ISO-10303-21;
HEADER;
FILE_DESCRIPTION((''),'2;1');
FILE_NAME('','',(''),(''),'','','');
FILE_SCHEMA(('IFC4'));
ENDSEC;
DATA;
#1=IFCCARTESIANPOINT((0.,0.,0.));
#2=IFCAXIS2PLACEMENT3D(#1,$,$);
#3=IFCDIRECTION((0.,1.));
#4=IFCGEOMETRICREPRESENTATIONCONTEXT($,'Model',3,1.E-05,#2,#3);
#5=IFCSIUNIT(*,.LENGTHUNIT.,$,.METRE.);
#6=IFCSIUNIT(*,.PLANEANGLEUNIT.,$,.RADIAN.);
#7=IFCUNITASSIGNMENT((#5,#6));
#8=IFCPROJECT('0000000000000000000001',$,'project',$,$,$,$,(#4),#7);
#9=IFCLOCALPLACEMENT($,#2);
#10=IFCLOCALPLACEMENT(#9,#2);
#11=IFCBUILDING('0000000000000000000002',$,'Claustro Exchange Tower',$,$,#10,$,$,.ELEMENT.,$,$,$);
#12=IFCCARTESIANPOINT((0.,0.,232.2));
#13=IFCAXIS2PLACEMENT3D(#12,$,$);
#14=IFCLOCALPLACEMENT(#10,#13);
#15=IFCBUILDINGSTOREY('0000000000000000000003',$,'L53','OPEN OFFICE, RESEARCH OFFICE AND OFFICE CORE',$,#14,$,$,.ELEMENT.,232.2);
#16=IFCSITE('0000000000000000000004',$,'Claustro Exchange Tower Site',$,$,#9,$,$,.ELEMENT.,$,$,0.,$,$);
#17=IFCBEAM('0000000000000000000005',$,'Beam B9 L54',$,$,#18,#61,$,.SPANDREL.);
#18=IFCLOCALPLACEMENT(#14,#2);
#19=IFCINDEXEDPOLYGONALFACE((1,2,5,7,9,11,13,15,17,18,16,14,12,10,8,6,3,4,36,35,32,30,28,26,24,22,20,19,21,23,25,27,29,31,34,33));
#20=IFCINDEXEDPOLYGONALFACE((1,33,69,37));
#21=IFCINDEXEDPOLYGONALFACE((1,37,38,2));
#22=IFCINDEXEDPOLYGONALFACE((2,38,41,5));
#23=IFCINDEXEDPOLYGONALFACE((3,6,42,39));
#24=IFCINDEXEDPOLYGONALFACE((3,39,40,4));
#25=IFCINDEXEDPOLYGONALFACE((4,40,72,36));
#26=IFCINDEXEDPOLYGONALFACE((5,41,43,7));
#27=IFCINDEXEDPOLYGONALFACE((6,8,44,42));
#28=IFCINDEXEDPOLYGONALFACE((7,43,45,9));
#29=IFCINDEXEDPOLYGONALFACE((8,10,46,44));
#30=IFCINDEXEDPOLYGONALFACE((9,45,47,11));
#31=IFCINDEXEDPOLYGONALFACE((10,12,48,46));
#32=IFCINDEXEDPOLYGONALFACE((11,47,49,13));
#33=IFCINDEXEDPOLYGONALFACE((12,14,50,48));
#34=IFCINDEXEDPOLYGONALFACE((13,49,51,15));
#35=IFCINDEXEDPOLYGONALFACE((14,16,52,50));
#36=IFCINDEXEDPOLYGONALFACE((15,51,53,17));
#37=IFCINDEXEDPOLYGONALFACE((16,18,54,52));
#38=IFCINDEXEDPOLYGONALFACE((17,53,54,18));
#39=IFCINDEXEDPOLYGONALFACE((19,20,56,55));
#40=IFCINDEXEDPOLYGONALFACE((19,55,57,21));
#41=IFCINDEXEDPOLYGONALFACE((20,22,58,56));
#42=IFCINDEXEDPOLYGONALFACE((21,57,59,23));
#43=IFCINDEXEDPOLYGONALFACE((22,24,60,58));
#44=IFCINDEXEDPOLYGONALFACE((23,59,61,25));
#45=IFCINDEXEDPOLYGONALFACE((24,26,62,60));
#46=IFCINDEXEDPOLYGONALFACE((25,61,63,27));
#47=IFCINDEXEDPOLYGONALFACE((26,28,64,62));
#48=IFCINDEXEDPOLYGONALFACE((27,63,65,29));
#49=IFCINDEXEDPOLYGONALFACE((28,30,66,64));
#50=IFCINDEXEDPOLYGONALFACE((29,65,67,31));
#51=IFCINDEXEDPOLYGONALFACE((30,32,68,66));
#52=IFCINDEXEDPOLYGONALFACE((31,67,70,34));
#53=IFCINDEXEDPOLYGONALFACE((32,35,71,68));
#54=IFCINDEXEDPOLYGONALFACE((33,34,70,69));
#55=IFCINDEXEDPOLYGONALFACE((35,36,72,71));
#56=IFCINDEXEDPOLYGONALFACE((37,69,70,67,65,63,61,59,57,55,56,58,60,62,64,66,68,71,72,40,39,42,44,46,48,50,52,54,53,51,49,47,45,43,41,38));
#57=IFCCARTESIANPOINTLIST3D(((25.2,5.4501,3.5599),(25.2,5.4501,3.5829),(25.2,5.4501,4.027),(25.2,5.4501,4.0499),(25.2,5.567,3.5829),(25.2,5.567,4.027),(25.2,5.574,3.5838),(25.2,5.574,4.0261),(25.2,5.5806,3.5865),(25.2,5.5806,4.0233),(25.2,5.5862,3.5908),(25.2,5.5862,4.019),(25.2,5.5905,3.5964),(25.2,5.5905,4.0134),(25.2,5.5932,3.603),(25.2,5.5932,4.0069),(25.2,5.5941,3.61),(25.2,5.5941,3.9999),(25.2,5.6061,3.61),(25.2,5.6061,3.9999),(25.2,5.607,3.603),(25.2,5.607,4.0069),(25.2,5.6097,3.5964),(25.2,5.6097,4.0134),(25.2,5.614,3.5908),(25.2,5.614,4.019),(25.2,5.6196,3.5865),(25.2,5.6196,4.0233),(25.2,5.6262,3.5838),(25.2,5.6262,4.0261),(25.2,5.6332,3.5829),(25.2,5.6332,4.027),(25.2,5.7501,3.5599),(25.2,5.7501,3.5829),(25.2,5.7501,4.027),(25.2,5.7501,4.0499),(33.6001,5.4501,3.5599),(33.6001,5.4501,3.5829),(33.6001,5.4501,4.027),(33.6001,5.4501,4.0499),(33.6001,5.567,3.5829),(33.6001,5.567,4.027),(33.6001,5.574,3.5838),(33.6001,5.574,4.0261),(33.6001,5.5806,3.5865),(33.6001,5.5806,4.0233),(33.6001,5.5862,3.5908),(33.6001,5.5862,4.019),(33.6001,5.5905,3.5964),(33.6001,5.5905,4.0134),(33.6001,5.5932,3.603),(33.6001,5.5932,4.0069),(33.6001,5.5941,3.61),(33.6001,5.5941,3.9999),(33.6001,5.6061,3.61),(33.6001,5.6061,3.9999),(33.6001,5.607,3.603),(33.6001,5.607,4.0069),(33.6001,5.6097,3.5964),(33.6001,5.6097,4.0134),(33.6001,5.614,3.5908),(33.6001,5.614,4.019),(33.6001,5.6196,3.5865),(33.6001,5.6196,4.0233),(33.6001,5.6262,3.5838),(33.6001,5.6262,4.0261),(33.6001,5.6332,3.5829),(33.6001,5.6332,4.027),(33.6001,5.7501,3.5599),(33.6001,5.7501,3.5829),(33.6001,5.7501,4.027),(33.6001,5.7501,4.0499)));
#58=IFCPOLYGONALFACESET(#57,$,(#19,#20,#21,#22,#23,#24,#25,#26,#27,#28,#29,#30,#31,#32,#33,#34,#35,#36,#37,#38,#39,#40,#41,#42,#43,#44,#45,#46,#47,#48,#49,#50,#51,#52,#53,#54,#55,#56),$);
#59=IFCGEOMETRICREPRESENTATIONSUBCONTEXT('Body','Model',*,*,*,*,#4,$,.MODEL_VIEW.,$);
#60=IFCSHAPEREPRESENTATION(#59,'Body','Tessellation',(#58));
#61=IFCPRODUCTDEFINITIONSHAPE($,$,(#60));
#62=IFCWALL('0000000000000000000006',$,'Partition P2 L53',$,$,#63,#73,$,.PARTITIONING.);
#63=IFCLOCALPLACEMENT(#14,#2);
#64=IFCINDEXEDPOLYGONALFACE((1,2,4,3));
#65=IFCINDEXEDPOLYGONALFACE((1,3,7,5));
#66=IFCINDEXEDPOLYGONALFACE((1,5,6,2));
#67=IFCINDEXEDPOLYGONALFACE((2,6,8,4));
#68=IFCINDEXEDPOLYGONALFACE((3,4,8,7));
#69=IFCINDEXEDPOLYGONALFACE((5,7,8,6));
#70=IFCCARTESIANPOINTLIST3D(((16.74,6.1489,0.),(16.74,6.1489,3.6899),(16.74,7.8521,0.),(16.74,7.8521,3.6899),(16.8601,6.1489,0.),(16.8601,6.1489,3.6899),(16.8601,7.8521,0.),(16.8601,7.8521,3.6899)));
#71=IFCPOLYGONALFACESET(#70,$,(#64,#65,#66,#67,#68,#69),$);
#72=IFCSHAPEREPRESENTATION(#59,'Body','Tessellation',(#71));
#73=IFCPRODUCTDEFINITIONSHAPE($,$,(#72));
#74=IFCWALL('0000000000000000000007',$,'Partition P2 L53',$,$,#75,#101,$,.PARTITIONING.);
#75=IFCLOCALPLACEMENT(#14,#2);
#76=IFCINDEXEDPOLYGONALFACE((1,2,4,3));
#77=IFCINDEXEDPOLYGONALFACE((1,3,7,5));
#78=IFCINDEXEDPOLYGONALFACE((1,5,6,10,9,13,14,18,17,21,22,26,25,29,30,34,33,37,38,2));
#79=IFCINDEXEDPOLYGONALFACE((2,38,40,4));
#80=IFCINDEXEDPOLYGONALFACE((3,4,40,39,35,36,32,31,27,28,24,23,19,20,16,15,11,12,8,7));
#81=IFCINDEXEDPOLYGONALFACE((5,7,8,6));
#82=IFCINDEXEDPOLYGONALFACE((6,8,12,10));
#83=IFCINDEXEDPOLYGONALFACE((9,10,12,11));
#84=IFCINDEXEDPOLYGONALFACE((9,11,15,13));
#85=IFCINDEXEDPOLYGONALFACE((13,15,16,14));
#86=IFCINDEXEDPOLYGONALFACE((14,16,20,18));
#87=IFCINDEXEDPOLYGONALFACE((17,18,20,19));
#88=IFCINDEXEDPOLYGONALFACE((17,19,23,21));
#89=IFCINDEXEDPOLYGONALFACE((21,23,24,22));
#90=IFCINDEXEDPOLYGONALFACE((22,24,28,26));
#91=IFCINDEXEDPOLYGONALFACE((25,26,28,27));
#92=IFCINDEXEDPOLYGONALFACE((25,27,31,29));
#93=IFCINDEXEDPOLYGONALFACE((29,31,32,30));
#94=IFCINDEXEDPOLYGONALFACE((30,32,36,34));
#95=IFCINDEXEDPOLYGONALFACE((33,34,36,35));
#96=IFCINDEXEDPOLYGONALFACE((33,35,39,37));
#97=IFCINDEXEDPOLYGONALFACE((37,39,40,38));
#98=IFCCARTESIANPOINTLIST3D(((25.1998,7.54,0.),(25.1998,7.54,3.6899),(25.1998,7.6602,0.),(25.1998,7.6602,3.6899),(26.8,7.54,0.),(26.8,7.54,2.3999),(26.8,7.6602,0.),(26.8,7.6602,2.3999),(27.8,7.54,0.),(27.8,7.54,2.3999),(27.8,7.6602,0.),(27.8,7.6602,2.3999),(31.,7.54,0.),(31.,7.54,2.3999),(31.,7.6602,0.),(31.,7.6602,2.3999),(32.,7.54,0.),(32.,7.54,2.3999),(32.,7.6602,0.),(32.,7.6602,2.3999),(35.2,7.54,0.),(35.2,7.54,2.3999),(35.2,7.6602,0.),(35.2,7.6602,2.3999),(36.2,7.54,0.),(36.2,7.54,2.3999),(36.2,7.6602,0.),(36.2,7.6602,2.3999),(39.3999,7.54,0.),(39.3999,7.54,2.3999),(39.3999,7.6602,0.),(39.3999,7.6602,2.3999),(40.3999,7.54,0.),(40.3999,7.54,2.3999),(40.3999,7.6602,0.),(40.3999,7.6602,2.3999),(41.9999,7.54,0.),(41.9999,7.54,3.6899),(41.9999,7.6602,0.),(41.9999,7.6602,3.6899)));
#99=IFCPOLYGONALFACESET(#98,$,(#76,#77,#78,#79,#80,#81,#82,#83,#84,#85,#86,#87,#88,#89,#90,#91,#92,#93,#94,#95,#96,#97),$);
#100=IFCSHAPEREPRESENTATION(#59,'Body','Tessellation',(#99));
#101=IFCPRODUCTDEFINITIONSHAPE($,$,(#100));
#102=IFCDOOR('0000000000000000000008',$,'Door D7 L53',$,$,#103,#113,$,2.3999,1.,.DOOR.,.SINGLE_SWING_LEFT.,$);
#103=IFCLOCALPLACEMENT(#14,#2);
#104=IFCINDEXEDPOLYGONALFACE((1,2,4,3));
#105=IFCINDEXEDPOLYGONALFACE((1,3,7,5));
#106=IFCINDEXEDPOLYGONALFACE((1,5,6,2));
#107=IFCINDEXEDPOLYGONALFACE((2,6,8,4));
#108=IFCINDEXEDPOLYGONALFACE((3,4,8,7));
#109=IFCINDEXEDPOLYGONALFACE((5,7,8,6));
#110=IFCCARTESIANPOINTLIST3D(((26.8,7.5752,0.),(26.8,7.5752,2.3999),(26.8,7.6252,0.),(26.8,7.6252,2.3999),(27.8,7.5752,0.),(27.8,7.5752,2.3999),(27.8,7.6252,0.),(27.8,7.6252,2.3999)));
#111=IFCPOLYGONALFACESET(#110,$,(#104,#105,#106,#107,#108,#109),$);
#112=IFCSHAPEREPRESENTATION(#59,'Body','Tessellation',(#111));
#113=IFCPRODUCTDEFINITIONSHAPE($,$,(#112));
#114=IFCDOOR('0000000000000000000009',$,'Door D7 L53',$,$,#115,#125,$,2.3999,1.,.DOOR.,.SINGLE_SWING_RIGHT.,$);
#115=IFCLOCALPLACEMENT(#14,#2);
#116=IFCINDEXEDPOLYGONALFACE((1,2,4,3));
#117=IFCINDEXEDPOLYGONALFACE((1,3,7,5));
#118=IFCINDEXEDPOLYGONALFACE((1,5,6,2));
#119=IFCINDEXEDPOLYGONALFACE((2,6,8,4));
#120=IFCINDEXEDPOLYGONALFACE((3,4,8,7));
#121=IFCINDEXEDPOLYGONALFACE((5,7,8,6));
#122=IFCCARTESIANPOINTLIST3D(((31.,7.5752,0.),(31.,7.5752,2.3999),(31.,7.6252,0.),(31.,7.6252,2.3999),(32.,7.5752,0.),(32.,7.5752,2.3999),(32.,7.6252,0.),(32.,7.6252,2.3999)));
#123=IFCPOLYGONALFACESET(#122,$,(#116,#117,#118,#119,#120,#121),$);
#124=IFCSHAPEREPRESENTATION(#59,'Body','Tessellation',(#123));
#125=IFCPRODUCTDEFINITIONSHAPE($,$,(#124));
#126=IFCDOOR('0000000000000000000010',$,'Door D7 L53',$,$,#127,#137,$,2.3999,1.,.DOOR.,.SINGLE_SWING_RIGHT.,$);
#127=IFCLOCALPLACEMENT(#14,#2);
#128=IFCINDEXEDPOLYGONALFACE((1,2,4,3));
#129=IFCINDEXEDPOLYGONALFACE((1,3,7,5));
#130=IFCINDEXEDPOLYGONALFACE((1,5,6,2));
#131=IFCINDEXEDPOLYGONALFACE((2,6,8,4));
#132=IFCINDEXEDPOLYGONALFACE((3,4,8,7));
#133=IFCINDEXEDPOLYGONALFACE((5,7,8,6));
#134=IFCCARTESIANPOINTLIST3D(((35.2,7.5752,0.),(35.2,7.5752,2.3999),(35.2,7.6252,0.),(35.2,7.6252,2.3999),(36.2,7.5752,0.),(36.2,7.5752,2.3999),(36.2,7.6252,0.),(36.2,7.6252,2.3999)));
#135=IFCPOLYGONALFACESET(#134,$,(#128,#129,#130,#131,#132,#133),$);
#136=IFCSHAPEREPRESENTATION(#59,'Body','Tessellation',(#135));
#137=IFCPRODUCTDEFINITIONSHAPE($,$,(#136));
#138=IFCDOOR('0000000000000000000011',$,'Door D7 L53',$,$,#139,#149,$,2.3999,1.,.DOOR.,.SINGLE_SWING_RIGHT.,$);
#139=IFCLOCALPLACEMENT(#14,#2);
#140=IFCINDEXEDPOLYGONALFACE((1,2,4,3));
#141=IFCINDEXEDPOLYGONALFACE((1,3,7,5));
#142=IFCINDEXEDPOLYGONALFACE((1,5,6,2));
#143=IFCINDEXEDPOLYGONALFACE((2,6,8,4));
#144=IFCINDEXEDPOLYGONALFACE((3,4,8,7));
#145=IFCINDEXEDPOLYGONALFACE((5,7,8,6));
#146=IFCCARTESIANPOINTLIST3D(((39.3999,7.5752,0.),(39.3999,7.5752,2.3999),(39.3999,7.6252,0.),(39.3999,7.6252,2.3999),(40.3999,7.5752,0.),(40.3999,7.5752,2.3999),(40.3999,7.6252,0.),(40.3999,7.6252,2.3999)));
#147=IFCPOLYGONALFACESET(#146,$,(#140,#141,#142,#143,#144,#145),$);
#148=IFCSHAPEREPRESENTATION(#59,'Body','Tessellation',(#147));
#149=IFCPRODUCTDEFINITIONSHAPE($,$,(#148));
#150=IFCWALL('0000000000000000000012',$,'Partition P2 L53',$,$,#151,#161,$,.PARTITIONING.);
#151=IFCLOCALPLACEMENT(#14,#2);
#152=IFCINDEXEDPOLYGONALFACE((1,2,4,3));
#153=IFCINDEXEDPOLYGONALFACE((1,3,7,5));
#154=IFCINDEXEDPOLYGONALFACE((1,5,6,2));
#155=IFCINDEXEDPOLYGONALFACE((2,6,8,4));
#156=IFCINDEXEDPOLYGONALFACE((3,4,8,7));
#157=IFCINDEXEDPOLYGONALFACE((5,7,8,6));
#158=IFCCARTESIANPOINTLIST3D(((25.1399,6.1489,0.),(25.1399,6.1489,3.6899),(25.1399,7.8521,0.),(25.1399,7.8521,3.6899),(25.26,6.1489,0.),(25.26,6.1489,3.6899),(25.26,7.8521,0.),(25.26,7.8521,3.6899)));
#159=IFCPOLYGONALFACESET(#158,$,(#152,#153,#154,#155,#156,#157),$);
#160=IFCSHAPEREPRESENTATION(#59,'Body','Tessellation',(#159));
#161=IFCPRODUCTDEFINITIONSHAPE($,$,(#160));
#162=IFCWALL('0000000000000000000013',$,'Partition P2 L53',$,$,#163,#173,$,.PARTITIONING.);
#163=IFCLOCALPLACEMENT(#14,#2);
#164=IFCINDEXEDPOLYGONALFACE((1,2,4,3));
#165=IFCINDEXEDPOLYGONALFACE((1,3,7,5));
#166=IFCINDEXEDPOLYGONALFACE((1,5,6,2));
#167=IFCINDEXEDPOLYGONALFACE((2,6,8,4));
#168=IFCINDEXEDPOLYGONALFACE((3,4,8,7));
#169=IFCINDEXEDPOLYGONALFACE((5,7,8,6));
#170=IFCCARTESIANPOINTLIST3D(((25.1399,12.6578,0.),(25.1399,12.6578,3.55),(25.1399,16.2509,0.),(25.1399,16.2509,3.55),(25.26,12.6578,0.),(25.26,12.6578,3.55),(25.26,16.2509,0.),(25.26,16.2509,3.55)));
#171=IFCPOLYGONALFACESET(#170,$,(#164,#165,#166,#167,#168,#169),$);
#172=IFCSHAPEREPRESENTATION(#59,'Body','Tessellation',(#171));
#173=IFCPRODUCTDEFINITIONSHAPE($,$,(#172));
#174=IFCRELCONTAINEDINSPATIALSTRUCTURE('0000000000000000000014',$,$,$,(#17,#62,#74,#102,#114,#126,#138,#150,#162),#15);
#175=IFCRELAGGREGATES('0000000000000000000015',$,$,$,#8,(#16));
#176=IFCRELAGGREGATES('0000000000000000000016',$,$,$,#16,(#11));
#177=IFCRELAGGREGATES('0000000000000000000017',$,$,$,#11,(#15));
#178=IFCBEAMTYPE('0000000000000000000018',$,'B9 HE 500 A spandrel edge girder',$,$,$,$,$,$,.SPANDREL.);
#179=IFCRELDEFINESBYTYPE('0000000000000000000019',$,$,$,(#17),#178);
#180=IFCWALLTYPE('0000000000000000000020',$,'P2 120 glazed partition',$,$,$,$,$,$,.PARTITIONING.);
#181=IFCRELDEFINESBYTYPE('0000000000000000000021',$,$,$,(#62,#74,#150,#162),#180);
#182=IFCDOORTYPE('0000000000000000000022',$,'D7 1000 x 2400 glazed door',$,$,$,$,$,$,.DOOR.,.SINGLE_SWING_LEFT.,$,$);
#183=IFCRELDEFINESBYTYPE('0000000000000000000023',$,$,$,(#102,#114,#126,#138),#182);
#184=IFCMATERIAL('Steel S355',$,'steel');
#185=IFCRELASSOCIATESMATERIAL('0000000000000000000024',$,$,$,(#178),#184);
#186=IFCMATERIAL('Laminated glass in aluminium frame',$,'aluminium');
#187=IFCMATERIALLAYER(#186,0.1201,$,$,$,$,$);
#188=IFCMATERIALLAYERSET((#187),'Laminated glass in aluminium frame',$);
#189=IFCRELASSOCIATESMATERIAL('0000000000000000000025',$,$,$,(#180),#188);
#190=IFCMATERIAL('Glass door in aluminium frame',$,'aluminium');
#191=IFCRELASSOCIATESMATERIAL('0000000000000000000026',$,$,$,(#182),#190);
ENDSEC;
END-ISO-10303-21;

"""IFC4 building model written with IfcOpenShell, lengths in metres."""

from ifc_helpers import new_model, si_unit, direction, frame, frame_2d, origin, origin_2d, place, context, subcontext, project, spatial, rectangle, i_section, extrude, material, layer, layer_set, material_profile, profile_set, type_object, element, fill, save


model = new_model("IFC4")

# Units and contexts
model_context = context("Model", 3, precision=1e-05, world=origin(), true_north=direction((0.0, 1.0)))
body_context = subcontext(model_context, "Body", "Model", "MODEL_VIEW")
ifc_project = project(units=[si_unit("LENGTHUNIT", "METRE"), si_unit("PLANEANGLEUNIT", "RADIAN")], contexts=[model_context])

# Site, building, storey
site_placement = place(None, origin())
site = spatial("IfcSite", under=ifc_project, at=site_placement, Name="Claustro Exchange Tower Site", CompositionType="ELEMENT", RefElevation=0.0)
building_placement = place(site_placement, origin())
building = spatial("IfcBuilding", under=site, at=building_placement, Name="Claustro Exchange Tower", CompositionType="ELEMENT")
storey_placement = place(building_placement, frame((0.0, 0.0, 232.2)))
storey = spatial("IfcBuildingStorey", under=building, at=storey_placement, Name="L53", Description="OPEN OFFICE, RESEARCH OFFICE AND OFFICE CORE", CompositionType="ELEMENT", Elevation=232.2)

# Beam
ifc_material_1 = material(Name="Steel S355", Category="steel")
ifc_material_profile_1 = material_profile(ifc_material_1, i_section(OverallWidth=0.3, OverallDepth=0.49, WebThickness=0.012, FlangeThickness=0.0229, FilletRadius=0.0271, at=origin_2d()), Name="HE 500 A")
ifc_profile_set_1 = profile_set([ifc_material_profile_1], Name="Steel S355")
beam_type_1 = type_object("IfcBeamType", Name="B9 HE 500 A spandrel edge girder", PredefinedType="SPANDREL", material=ifc_profile_set_1)
beam_1_placement = place(storey_placement, frame((25.2, 5.6001, 3.8049), z_axis=(1.0, 0.0, 0.0), x_axis=(0.0, 1.0, 0.0)))
element("IfcBeam", 1, at=beam_1_placement, inside=storey, type_object=beam_type_1, Name="Beam B9 L54", PredefinedType="SPANDREL", context=body_context, shape_type="SweptSolid", body=[
    extrude(i_section(OverallWidth=0.3, OverallDepth=0.49, WebThickness=0.012, FlangeThickness=0.0229, FilletRadius=0.0271, at=origin_2d()), origin(), (0.0, 0.0, 1.0), 8.4001),
])

# Wall
ifc_material_2 = material(Name="Laminated glass in aluminium frame", Category="aluminium")
ifc_layer_1 = layer(ifc_material_2, 0.1201)
ifc_layer_set_1 = layer_set([ifc_layer_1], Name="Laminated glass in aluminium frame")
wall_type_1 = type_object("IfcWallType", Name="P2 120 glazed partition", PredefinedType="PARTITIONING", material=ifc_layer_set_1)
wall_1_placement = place(storey_placement, frame((16.8, 6.1489, 0.0), z_axis=(0.0, 0.0, 1.0), x_axis=(0.0, 1.0, 0.0)))
element("IfcWall", 2, at=wall_1_placement, inside=storey, type_object=wall_type_1, Name="Partition P2 L53", PredefinedType="PARTITIONING", context=body_context, shape_type="SweptSolid", body=[
    extrude(rectangle(XDim=1.7031, YDim=0.1201, at=frame_2d((0.8516, 0.0))), origin(), (0.0, 0.0, 1.0), 3.6899),
])

# Wall, openings, doors
wall_2_placement = place(storey_placement, frame((25.2, 7.6001, 0.0), z_axis=(0.0, 0.0, 1.0), x_axis=(1.0, 0.0, 0.0)))
wall_2 = element("IfcWall", 3, at=wall_2_placement, inside=storey, type_object=wall_type_1, Name="Partition P2 L53", PredefinedType="PARTITIONING", context=body_context, shape_type="SweptSolid", body=[
    extrude(rectangle(XDim=16.8, YDim=0.1201, at=frame_2d((8.3999, 0.0))), origin(), (0.0, 0.0, 1.0), 3.6899),
])
opening_1_placement = place(wall_2_placement, frame((1.6001, 0.0, 0.0)))
opening_1 = element("IfcOpeningElement", 4, at=opening_1_placement, cuts=wall_2, PredefinedType="OPENING", context=body_context, shape_type="SweptSolid", body=[
    extrude(rectangle(XDim=1.0, YDim=2.3999, at=frame_2d((0.5, 1.2))), frame((0.0, 0.0701, 0.0), z_axis=(0.0, -1.0, 0.0), x_axis=(1.0, 0.0, 0.0)), (0.0, 0.0, 1.0), 0.1401),
])
opening_2_placement = place(wall_2_placement, frame((5.8, 0.0, 0.0)))
opening_2 = element("IfcOpeningElement", 5, at=opening_2_placement, cuts=wall_2, PredefinedType="OPENING", context=body_context, shape_type="SweptSolid", body=[
    extrude(rectangle(XDim=1.0, YDim=2.3999, at=frame_2d((0.5, 1.2))), frame((0.0, 0.0701, 0.0), z_axis=(0.0, -1.0, 0.0), x_axis=(1.0, 0.0, 0.0)), (0.0, 0.0, 1.0), 0.1401),
])
opening_3_placement = place(wall_2_placement, frame((10.0, 0.0, 0.0)))
opening_3 = element("IfcOpeningElement", 6, at=opening_3_placement, cuts=wall_2, PredefinedType="OPENING", context=body_context, shape_type="SweptSolid", body=[
    extrude(rectangle(XDim=1.0, YDim=2.3999, at=frame_2d((0.5, 1.2))), frame((0.0, 0.0701, 0.0), z_axis=(0.0, -1.0, 0.0), x_axis=(1.0, 0.0, 0.0)), (0.0, 0.0, 1.0), 0.1401),
])
opening_4_placement = place(wall_2_placement, frame((14.2, 0.0, 0.0)))
opening_4 = element("IfcOpeningElement", 7, at=opening_4_placement, cuts=wall_2, PredefinedType="OPENING", context=body_context, shape_type="SweptSolid", body=[
    extrude(rectangle(XDim=1.0, YDim=2.3999, at=frame_2d((0.5, 1.2))), frame((0.0, 0.0701, 0.0), z_axis=(0.0, -1.0, 0.0), x_axis=(1.0, 0.0, 0.0)), (0.0, 0.0, 1.0), 0.1401),
])
ifc_material_3 = material(Name="Glass door in aluminium frame", Category="aluminium")
door_type = type_object("IfcDoorType", Name="D7 1000 x 2400 glazed door", OperationType="SINGLE_SWING_LEFT", PredefinedType="DOOR", material=ifc_material_3)
door_1_placement = place(opening_1_placement, frame((1.0, 0.0, 0.0), z_axis=(0.0, 0.0, 1.0), x_axis=(-1.0, 0.0, 0.0)))
door_1 = element("IfcDoor", 8, at=door_1_placement, inside=storey, type_object=door_type, Name="Door D7 L53", OperationType="SINGLE_SWING_LEFT", OverallHeight=2.3999, OverallWidth=1.0, PredefinedType="DOOR", context=body_context, shape_type="SweptSolid", body=[
    extrude(rectangle(XDim=1.0, YDim=2.3999, at=frame_2d((0.5, 1.2))), frame((0.0, 0.0249, 0.0), z_axis=(0.0, -1.0, 0.0), x_axis=(1.0, 0.0, 0.0)), (0.0, 0.0, 1.0), 0.05),
])
fill(opening_1, door_1)
door_2_placement = place(opening_2_placement, frame((1.0, 0.0, 0.0), z_axis=(0.0, 0.0, 1.0), x_axis=(-1.0, 0.0, 0.0)))
door_2 = element("IfcDoor", 9, at=door_2_placement, inside=storey, type_object=door_type, Name="Door D7 L53", OperationType="SINGLE_SWING_RIGHT", OverallHeight=2.3999, OverallWidth=1.0, PredefinedType="DOOR", context=body_context, shape_type="SweptSolid", body=[
    extrude(rectangle(XDim=1.0, YDim=2.3999, at=frame_2d((0.5, 1.2))), frame((0.0, 0.0249, 0.0), z_axis=(0.0, -1.0, 0.0), x_axis=(1.0, 0.0, 0.0)), (0.0, 0.0, 1.0), 0.05),
])
fill(opening_2, door_2)
door_3_placement = place(opening_3_placement, frame((1.0, 0.0, 0.0), z_axis=(0.0, 0.0, 1.0), x_axis=(-1.0, 0.0, 0.0)))
door_3 = element("IfcDoor", 10, at=door_3_placement, inside=storey, type_object=door_type, Name="Door D7 L53", OperationType="SINGLE_SWING_RIGHT", OverallHeight=2.3999, OverallWidth=1.0, PredefinedType="DOOR", context=body_context, shape_type="SweptSolid", body=[
    extrude(rectangle(XDim=1.0, YDim=2.3999, at=frame_2d((0.5, 1.2))), frame((0.0, 0.0249, 0.0), z_axis=(0.0, -1.0, 0.0), x_axis=(1.0, 0.0, 0.0)), (0.0, 0.0, 1.0), 0.05),
])
fill(opening_3, door_3)
door_4_placement = place(opening_4_placement, frame((1.0, 0.0, 0.0), z_axis=(0.0, 0.0, 1.0), x_axis=(-1.0, 0.0, 0.0)))
door_4 = element("IfcDoor", 11, at=door_4_placement, inside=storey, type_object=door_type, Name="Door D7 L53", OperationType="SINGLE_SWING_RIGHT", OverallHeight=2.3999, OverallWidth=1.0, PredefinedType="DOOR", context=body_context, shape_type="SweptSolid", body=[
    extrude(rectangle(XDim=1.0, YDim=2.3999, at=frame_2d((0.5, 1.2))), frame((0.0, 0.0249, 0.0), z_axis=(0.0, -1.0, 0.0), x_axis=(1.0, 0.0, 0.0)), (0.0, 0.0, 1.0), 0.05),
])
fill(opening_4, door_4)

# Walls
wall_3_placement = place(storey_placement, frame((25.2, 6.1489, 0.0), z_axis=(0.0, 0.0, 1.0), x_axis=(0.0, 1.0, 0.0)))
element("IfcWall", 12, at=wall_3_placement, inside=storey, type_object=wall_type_1, Name="Partition P2 L53", PredefinedType="PARTITIONING", context=body_context, shape_type="SweptSolid", body=[
    extrude(rectangle(XDim=1.7031, YDim=0.1201, at=frame_2d((0.8516, 0.0))), origin(), (0.0, 0.0, 1.0), 3.6899),
])
wall_4_placement = place(storey_placement, frame((25.2, 12.658, 0.0), z_axis=(0.0, 0.0, 1.0), x_axis=(0.0, 1.0, 0.0)))
element("IfcWall", 13, at=wall_4_placement, inside=storey, type_object=wall_type_1, Name="Partition P2 L53", PredefinedType="PARTITIONING", context=body_context, shape_type="SweptSolid", body=[
    extrude(rectangle(XDim=3.593, YDim=0.1201, at=frame_2d((1.7964, 0.0))), origin(), (0.0, 0.0, 1.0), 3.55),
])

save(model, "model.ifc")
